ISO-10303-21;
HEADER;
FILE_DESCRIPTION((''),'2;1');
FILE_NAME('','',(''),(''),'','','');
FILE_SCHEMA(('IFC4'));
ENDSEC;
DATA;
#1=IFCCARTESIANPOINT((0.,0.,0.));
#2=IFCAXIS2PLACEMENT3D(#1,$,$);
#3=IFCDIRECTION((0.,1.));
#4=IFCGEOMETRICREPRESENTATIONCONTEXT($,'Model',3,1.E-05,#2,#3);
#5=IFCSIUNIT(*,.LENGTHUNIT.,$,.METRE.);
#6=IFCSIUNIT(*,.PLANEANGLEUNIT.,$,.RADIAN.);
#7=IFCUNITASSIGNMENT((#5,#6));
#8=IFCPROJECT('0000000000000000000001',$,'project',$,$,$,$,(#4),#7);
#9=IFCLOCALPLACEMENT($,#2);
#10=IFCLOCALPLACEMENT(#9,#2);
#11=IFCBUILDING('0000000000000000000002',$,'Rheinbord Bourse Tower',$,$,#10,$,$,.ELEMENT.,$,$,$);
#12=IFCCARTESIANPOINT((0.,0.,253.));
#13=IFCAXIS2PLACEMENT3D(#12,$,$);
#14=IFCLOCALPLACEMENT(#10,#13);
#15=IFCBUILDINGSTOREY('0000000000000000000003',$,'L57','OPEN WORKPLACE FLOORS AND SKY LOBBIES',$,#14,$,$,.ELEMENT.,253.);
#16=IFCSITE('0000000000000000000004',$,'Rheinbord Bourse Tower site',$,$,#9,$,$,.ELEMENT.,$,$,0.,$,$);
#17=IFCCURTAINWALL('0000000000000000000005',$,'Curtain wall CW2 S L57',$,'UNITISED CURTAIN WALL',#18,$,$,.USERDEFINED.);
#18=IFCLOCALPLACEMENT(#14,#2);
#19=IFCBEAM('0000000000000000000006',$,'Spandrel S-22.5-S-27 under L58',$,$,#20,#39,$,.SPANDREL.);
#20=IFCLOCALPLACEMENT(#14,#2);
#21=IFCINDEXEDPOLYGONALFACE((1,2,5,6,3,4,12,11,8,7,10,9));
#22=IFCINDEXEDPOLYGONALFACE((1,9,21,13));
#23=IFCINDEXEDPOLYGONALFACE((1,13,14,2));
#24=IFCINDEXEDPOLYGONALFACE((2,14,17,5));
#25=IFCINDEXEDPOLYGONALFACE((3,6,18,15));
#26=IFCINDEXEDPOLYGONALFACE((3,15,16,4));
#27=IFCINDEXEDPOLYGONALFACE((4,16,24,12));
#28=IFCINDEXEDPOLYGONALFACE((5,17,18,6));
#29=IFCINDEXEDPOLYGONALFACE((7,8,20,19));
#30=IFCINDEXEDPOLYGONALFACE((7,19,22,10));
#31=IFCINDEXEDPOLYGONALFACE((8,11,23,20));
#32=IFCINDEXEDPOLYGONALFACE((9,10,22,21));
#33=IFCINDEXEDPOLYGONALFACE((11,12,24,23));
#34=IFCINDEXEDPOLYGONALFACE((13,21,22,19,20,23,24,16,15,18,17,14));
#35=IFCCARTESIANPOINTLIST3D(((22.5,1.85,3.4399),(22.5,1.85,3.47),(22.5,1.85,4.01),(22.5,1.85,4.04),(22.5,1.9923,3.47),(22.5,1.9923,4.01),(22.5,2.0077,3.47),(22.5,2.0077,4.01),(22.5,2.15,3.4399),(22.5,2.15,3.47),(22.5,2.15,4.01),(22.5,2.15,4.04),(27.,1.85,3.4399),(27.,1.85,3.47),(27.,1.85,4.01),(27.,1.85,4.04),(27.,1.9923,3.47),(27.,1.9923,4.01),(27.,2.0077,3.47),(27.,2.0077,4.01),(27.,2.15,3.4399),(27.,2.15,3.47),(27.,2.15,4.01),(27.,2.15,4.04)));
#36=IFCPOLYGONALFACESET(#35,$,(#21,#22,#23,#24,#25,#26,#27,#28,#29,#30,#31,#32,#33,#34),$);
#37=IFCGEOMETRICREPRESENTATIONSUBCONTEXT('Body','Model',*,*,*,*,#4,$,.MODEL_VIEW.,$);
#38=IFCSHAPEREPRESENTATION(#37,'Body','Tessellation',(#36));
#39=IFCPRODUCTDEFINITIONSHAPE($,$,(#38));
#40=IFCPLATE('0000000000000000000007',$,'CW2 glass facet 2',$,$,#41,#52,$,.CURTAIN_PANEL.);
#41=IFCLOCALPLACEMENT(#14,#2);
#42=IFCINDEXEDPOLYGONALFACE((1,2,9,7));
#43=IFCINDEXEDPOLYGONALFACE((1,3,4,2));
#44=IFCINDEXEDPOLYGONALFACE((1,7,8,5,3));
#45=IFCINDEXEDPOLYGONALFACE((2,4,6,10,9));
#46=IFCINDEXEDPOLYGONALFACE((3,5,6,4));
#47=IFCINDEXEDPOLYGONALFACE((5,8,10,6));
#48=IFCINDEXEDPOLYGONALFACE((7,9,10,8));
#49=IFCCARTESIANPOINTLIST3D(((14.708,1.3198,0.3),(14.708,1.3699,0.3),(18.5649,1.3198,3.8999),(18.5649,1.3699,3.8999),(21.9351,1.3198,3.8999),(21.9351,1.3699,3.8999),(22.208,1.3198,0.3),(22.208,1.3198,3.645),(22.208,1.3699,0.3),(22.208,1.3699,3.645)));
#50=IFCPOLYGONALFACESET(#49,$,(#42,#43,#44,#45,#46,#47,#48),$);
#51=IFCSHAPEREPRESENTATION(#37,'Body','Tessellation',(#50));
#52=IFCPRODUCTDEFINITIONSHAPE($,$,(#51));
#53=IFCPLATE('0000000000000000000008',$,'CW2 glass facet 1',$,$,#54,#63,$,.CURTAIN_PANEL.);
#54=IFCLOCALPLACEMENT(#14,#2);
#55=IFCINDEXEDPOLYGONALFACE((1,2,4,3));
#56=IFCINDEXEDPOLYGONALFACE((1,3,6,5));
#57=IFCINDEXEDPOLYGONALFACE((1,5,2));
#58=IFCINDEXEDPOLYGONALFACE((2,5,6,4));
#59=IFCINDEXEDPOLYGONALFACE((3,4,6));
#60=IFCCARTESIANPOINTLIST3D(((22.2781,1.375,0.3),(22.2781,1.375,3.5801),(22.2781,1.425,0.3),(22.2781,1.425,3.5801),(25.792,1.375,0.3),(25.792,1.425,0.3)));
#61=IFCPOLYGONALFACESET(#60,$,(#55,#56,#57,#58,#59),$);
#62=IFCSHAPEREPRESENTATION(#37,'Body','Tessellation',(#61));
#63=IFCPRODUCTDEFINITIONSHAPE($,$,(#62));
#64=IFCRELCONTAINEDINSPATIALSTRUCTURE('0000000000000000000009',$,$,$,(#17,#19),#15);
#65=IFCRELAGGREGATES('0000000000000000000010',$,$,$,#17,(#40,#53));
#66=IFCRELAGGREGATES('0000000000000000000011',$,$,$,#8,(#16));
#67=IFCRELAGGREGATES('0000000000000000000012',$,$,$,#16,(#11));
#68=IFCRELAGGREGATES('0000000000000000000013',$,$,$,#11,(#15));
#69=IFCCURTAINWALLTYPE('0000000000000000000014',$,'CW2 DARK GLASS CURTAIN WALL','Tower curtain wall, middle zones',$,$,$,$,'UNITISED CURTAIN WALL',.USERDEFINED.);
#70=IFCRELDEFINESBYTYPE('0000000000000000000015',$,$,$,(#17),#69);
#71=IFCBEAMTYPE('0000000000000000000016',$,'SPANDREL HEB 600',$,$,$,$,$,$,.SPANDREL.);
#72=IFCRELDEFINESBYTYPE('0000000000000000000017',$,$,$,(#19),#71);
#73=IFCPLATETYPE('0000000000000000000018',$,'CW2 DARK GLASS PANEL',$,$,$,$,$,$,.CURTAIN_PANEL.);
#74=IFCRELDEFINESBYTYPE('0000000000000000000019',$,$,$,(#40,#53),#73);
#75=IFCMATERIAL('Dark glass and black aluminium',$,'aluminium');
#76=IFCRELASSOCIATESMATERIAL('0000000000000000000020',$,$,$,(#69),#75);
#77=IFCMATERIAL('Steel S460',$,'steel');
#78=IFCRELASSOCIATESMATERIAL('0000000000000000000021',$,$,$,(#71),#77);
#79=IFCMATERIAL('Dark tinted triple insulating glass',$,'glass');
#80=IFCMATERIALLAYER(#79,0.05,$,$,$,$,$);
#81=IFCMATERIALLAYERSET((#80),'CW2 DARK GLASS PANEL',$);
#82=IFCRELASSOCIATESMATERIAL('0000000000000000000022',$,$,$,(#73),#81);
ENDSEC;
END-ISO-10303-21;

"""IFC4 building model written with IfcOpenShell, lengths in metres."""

from ifc_helpers import new_model, si_unit, direction, frame, origin, origin_2d, place, context, subcontext, project, spatial, polyline, i_section, outline, extrude, material, layer, layer_set, material_profile, profile_set, type_object, element, aggregate, save


model = new_model("IFC4")

# Units and contexts
model_context = context("Model", 3, precision=1e-05, world=origin(), true_north=direction((0.0, 1.0)))
body_context = subcontext(model_context, "Body", "Model", "MODEL_VIEW")
ifc_project = project(units=[si_unit("LENGTHUNIT", "METRE"), si_unit("PLANEANGLEUNIT", "RADIAN")], contexts=[model_context])

# Site, building, storey
site_placement = place(None, origin())
site = spatial("IfcSite", under=ifc_project, at=site_placement, Name="Rheinbord Bourse Tower site", CompositionType="ELEMENT", RefElevation=0.0)
building_placement = place(site_placement, origin())
building = spatial("IfcBuilding", under=site, at=building_placement, Name="Rheinbord Bourse Tower", CompositionType="ELEMENT")
storey_placement = place(building_placement, frame((0.0, 0.0, 253.0)))
storey = spatial("IfcBuildingStorey", under=building, at=storey_placement, Name="L57", Description="OPEN WORKPLACE FLOORS AND SKY LOBBIES", CompositionType="ELEMENT", Elevation=253.0)

# Curtain wall
ifc_material_1 = material(Name="Dark glass and black aluminium", Category="aluminium")
curtain_wall_type = type_object("IfcCurtainWallType", Name="CW2 DARK GLASS CURTAIN WALL", Description="Tower curtain wall, middle zones", ElementType="UNITISED CURTAIN WALL", PredefinedType="USERDEFINED", material=ifc_material_1)
curtain_wall_placement = place(storey_placement, origin())
curtain_wall = element("IfcCurtainWall", 1, at=curtain_wall_placement, inside=storey, type_object=curtain_wall_type, Name="Curtain wall CW2 S L57", ObjectType="UNITISED CURTAIN WALL", PredefinedType="USERDEFINED")

# Beam
ifc_material_2 = material(Name="Steel S460", Category="steel")
ifc_material_profile_1 = material_profile(ifc_material_2, i_section(OverallWidth=0.3, OverallDepth=0.6001, WebThickness=0.0154, FlangeThickness=0.03, at=origin_2d()), Name="HEB 600")
ifc_profile_set_1 = profile_set([ifc_material_profile_1], Name="Steel S460")
beam_type_1 = type_object("IfcBeamType", Name="SPANDREL HEB 600", PredefinedType="SPANDREL", material=ifc_profile_set_1)
for number, where, z_axis, x_axis, name in (
    (2, (22.5, 2.0, 3.74), (1.0, 0.0, 0.0), (0.0, 1.0, 0.0), "Spandrel S-22.5-S-27 under L58"),
):
    element("IfcBeam", number, at=place(storey_placement, frame(where, z_axis=z_axis, x_axis=x_axis)), inside=storey, type_object=beam_type_1, Name=name, PredefinedType="SPANDREL", context=body_context, shape_type="SweptSolid", body=[
        extrude(i_section(OverallWidth=0.3, OverallDepth=0.6001, WebThickness=0.0154, FlangeThickness=0.03, at=origin_2d()), origin(), (0.0, 0.0, 1.0), 4.5),
    ])

# Plates
ifc_material_3 = material(Name="Dark tinted triple insulating glass", Category="glass")
ifc_layer_1 = layer(ifc_material_3, 0.05)
ifc_layer_set_1 = layer_set([ifc_layer_1], Name="CW2 DARK GLASS PANEL")
plate_type = type_object("IfcPlateType", Name="CW2 DARK GLASS PANEL", PredefinedType="CURTAIN_PANEL", material=ifc_layer_set_1)
plate_1_placement = place(storey_placement, frame((22.208, 1.3198, 0.3), z_axis=(0.0, 1.0, 0.0), x_axis=(-1.0, 0.0, 0.0)))
plate_1 = element("IfcPlate", 3, at=plate_1_placement, type_object=plate_type, Name="CW2 glass facet 2", PredefinedType="CURTAIN_PANEL", context=body_context, shape_type="SweptSolid", body=[
    extrude(outline(polyline([(0.0, 0.0), (7.5, 0.0), (3.6431, 3.5999), (0.2729, 3.5999), (0.0, 3.345), (0.0, 0.0)])), origin(), (0.0, 0.0, 1.0), 0.05),
])
plate_2_placement = place(storey_placement, frame((22.2781, 1.375, 0.3), z_axis=(0.0, 1.0, 0.0), x_axis=(0.0, 0.0, 1.0)))
plate_2 = element("IfcPlate", 4, at=plate_2_placement, type_object=plate_type, Name="CW2 glass facet 1", PredefinedType="CURTAIN_PANEL", context=body_context, shape_type="SweptSolid", body=[
    extrude(outline(polyline([(0.0, 0.0), (3.28, 0.0), (0.0, 3.5139), (0.0, 0.0)])), origin(), (0.0, 0.0, 1.0), 0.05),
])
aggregate(curtain_wall, [plate_1, plate_2])

save(model, "model.ifc")
